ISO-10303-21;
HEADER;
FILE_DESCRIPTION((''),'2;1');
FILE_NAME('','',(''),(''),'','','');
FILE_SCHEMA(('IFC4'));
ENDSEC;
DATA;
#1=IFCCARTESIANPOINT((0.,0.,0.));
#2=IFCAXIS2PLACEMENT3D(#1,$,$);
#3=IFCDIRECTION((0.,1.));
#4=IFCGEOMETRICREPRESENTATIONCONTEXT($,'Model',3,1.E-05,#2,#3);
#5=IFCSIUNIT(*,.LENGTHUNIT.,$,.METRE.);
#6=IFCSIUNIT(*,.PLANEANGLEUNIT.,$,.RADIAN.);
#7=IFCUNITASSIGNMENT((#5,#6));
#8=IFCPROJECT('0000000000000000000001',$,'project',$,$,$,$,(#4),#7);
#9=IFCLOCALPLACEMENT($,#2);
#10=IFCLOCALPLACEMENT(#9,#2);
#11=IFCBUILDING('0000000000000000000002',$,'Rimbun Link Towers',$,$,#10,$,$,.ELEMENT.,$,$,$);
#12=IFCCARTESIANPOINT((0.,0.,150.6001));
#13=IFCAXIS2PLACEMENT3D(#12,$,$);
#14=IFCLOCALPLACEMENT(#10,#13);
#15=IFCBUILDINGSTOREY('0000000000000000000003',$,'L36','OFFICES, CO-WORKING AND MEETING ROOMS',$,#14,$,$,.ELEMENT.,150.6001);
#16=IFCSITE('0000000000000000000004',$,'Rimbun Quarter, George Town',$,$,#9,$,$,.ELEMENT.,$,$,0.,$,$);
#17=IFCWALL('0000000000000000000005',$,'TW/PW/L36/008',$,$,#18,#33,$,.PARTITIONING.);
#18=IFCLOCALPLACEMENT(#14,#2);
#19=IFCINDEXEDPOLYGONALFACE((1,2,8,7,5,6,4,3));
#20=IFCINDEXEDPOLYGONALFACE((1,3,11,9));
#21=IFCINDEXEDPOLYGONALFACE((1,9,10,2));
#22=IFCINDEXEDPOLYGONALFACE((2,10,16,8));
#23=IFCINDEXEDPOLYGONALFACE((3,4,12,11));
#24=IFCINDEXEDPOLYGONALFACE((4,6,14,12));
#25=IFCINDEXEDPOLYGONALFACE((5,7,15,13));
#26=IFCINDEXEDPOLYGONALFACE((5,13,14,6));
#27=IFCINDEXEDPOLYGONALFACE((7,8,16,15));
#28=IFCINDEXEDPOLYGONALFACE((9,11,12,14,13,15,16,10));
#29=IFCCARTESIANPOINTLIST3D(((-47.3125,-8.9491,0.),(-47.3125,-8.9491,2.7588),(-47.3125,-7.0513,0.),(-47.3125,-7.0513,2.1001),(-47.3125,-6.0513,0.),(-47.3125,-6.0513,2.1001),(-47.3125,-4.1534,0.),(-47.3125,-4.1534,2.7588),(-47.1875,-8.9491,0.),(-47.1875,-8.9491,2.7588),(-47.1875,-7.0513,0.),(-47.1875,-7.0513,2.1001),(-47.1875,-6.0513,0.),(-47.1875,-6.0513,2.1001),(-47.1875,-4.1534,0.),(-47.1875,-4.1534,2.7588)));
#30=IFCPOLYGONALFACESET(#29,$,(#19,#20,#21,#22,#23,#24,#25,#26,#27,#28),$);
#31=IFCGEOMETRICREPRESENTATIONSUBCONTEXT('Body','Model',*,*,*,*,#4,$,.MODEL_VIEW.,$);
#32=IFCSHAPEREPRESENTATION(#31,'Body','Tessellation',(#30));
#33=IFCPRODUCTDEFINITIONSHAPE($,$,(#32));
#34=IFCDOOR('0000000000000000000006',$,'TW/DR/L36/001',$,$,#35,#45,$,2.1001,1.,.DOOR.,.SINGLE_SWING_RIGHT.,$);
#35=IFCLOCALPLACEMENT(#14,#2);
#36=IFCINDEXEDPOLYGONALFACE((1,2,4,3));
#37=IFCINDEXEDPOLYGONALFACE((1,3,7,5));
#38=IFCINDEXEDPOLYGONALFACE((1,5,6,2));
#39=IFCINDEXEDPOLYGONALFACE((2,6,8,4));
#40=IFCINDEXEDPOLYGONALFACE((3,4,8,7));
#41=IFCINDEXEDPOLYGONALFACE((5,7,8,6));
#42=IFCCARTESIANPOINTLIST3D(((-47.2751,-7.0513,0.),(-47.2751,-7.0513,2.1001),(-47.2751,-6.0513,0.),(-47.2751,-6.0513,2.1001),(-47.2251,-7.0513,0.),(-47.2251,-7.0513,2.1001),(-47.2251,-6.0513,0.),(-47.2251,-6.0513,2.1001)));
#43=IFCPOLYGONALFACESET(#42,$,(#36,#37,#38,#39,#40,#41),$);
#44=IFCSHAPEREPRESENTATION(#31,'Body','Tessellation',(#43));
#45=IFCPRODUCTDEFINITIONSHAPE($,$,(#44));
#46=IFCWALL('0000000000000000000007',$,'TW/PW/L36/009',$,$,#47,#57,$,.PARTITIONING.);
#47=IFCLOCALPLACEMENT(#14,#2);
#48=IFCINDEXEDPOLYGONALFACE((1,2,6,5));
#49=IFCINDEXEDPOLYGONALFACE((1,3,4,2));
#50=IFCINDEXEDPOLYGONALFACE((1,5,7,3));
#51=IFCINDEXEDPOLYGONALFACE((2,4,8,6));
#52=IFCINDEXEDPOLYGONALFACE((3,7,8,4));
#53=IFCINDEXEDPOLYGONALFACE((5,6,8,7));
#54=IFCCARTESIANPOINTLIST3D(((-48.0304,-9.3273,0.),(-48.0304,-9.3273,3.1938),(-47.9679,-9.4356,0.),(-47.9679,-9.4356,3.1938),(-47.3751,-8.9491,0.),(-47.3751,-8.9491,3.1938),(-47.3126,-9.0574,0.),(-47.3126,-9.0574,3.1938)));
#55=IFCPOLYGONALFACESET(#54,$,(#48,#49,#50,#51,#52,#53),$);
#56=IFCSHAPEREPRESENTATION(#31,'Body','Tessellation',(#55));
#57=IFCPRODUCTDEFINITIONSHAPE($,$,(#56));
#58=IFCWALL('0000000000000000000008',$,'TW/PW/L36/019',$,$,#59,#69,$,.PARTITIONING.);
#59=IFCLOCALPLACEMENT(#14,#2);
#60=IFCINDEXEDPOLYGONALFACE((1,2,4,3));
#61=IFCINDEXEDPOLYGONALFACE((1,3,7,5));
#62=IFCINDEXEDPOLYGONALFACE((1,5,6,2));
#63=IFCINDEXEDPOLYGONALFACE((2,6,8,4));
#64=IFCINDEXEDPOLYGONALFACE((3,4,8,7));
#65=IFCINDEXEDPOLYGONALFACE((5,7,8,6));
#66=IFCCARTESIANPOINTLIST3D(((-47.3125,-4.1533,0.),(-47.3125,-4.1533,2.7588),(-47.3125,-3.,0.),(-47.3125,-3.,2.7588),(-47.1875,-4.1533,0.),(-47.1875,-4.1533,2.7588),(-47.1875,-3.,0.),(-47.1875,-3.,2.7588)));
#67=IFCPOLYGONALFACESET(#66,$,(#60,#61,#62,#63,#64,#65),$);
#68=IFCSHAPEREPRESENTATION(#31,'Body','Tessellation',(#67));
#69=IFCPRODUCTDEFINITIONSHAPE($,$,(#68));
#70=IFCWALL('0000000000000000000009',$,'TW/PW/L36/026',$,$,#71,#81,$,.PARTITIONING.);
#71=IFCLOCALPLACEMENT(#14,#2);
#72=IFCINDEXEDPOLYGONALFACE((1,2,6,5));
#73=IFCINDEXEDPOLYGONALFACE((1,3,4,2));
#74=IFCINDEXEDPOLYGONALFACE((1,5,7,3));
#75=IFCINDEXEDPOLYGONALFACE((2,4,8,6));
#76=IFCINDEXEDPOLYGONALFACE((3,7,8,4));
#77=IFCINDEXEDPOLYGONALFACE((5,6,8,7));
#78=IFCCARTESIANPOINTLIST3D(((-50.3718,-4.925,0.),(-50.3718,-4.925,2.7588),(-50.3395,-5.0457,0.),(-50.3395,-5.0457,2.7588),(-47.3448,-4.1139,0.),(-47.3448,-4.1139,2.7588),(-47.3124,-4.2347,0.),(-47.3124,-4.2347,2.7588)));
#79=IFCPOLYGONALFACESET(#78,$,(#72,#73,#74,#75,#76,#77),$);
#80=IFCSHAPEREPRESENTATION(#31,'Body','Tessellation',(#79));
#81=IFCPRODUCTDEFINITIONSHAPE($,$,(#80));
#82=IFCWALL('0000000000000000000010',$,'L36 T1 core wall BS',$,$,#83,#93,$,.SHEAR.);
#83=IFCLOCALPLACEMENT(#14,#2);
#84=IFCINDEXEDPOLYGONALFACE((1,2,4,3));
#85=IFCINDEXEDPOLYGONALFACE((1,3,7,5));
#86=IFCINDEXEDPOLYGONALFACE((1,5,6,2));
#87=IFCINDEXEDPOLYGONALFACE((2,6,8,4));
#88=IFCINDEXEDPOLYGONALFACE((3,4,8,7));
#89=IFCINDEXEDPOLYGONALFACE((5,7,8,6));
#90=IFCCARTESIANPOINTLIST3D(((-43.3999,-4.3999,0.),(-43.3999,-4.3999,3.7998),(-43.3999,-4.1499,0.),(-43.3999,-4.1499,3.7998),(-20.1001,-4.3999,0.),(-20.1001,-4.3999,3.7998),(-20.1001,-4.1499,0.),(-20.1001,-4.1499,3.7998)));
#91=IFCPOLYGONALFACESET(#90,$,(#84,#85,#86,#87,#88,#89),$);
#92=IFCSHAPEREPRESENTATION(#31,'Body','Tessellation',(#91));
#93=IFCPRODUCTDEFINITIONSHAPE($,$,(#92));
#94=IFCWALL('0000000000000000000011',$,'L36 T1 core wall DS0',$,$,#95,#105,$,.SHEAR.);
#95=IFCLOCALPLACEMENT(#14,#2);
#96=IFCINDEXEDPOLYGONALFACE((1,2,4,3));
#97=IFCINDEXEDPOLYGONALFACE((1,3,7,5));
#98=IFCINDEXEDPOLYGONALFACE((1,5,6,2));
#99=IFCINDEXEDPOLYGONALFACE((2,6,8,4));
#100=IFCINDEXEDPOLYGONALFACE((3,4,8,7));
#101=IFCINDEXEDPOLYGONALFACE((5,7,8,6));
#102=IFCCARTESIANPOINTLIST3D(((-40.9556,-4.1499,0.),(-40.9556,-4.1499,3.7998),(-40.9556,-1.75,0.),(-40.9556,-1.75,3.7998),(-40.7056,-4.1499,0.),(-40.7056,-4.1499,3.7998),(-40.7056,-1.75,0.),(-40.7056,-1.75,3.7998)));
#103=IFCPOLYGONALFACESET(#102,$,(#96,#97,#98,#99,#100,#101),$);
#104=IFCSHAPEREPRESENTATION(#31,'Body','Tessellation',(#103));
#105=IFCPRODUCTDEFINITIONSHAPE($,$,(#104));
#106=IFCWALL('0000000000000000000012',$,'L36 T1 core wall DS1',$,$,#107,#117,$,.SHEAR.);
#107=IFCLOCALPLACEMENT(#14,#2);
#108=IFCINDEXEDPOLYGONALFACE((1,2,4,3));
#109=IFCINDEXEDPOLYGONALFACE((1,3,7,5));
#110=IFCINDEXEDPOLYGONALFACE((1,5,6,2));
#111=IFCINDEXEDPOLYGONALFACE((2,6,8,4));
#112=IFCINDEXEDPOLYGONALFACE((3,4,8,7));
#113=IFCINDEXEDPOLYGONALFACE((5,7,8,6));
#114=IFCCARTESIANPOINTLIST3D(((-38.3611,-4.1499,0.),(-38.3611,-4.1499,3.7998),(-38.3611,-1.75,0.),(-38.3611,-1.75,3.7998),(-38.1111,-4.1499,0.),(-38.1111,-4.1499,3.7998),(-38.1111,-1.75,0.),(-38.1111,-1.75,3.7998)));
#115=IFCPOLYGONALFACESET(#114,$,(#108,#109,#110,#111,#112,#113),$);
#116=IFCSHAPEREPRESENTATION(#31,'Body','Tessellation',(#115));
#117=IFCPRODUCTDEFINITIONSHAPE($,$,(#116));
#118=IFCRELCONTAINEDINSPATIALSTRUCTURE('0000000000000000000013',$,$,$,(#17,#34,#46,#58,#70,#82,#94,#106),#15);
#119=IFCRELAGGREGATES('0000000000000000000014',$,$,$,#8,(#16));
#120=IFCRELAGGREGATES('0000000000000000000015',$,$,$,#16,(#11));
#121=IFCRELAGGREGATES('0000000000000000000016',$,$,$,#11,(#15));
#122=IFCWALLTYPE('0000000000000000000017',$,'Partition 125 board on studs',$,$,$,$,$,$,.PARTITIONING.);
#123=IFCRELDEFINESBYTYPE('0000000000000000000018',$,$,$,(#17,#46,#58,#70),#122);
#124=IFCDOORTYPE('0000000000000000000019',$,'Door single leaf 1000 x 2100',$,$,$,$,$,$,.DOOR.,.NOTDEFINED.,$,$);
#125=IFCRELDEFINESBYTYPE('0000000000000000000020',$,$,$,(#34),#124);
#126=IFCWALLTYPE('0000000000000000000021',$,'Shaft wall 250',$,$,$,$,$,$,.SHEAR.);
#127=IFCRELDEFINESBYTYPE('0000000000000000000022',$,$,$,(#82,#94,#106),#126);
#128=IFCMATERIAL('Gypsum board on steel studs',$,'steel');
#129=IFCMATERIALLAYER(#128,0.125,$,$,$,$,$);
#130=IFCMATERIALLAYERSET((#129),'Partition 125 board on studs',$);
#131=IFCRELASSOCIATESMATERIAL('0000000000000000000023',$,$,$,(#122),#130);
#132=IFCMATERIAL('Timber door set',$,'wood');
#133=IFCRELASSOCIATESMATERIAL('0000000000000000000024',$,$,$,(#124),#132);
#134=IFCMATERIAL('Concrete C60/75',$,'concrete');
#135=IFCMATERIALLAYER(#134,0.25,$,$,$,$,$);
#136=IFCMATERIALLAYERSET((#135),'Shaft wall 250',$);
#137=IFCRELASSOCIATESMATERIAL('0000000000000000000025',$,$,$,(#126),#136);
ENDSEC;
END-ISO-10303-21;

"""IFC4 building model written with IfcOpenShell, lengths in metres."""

from ifc_helpers import new_model, si_unit, direction, frame, frame_2d, origin, place, context, subcontext, project, spatial, rectangle, extrude, material, layer, layer_set, type_object, element, fill, save


model = new_model("IFC4")

# Units and contexts
model_context = context("Model", 3, precision=1e-05, world=origin(), true_north=direction((0.0, 1.0)))
body_context = subcontext(model_context, "Body", "Model", "MODEL_VIEW")
ifc_project = project(units=[si_unit("LENGTHUNIT", "METRE"), si_unit("PLANEANGLEUNIT", "RADIAN")], contexts=[model_context])

# Site, building, storey
site_placement = place(None, origin())
site = spatial("IfcSite", under=ifc_project, at=site_placement, Name="Rimbun Quarter, George Town", CompositionType="ELEMENT", RefElevation=0.0)
building_placement = place(site_placement, origin())
building = spatial("IfcBuilding", under=site, at=building_placement, Name="Rimbun Link Towers", CompositionType="ELEMENT")
storey_placement = place(building_placement, frame((0.0, 0.0, 150.6001)))
storey = spatial("IfcBuildingStorey", under=building, at=storey_placement, Name="L36", Description="OFFICES, CO-WORKING AND MEETING ROOMS", CompositionType="ELEMENT", Elevation=150.6001)

# Wall, opening, door
ifc_material_1 = material(Name="Gypsum board on steel studs", Category="steel")
ifc_layer_1 = layer(ifc_material_1, 0.125)
ifc_layer_set_1 = layer_set([ifc_layer_1], Name="Partition 125 board on studs")
wall_type_1 = type_object("IfcWallType", Name="Partition 125 board on studs", PredefinedType="PARTITIONING", material=ifc_layer_set_1)
wall_1_placement = place(storey_placement, frame((-47.25, -4.1533, 0.0), z_axis=(0.0, 0.0, 1.0), x_axis=(0.0, -1.0, 0.0)))
wall_1 = element("IfcWall", 1, at=wall_1_placement, inside=storey, type_object=wall_type_1, Name="TW/PW/L36/008", PredefinedType="PARTITIONING", context=body_context, shape_type="SweptSolid", body=[
    extrude(rectangle(XDim=4.7957, YDim=0.125, at=frame_2d((2.3979, 0.0))), origin(), (0.0, 0.0, 1.0), 2.7588),
])
opening_1_placement = place(wall_1_placement, frame((1.8979, 0.0, 0.0)))
opening_1 = element("IfcOpeningElement", 2, at=opening_1_placement, cuts=wall_1, PredefinedType="OPENING", context=body_context, shape_type="SweptSolid", body=[
    extrude(rectangle(XDim=1.0, YDim=2.1001, at=frame_2d((0.5, 1.05))), frame((0.0, 0.0725, 0.0), z_axis=(0.0, -1.0, 0.0), x_axis=(1.0, 0.0, 0.0)), (0.0, 0.0, 1.0), 0.145),
])
ifc_material_2 = material(Name="Timber door set", Category="wood")
door_type_1 = type_object("IfcDoorType", Name="Door single leaf 1000 x 2100", OperationType="NOTDEFINED", PredefinedType="DOOR", material=ifc_material_2)
door_1_placement = place(opening_1_placement, origin())
door_1 = element("IfcDoor", 3, at=door_1_placement, inside=storey, type_object=door_type_1, Name="TW/DR/L36/001", OperationType="SINGLE_SWING_RIGHT", OverallHeight=2.1001, OverallWidth=1.0, PredefinedType="DOOR", context=body_context, shape_type="SweptSolid", body=[
    extrude(rectangle(XDim=1.0, YDim=2.1001, at=frame_2d((0.5, 1.05))), frame((0.0, 0.0249, 0.0), z_axis=(0.0, -1.0, 0.0), x_axis=(1.0, 0.0, 0.0)), (0.0, 0.0, 1.0), 0.05),
])
fill(opening_1, door_1)

# Walls
wall_2_placement = place(storey_placement, frame((-47.3438, -9.0032, 0.0), z_axis=(0.0, 0.0, 1.0), x_axis=(-0.86611, -0.499853, 0.0)))
element("IfcWall", 4, at=wall_2_placement, inside=storey, type_object=wall_type_1, Name="TW/PW/L36/009", PredefinedType="PARTITIONING", context=body_context, shape_type="SweptSolid", body=[
    extrude(rectangle(XDim=0.7566, YDim=0.125, at=frame_2d((0.3784, 0.0))), origin(), (0.0, 0.0, 1.0), 3.1938),
])
wall_3_placement = place(storey_placement, frame((-47.25, -3.0, 0.0), z_axis=(0.0, 0.0, 1.0), x_axis=(0.0, -1.0, 0.0)))
element("IfcWall", 5, at=wall_3_placement, inside=storey, type_object=wall_type_1, Name="TW/PW/L36/019", PredefinedType="PARTITIONING", context=body_context, shape_type="SweptSolid", body=[
    extrude(rectangle(XDim=1.1533, YDim=0.125, at=frame_2d((0.5767, 0.0))), origin(), (0.0, 0.0, 1.0), 2.7588),
])
wall_4_placement = place(storey_placement, frame((-47.3286, -4.1743, 0.0), z_axis=(0.0, 0.0, 1.0), x_axis=(-0.965932, -0.258797, 0.0)))
element("IfcWall", 6, at=wall_4_placement, inside=storey, type_object=wall_type_1, Name="TW/PW/L36/026", PredefinedType="PARTITIONING", context=body_context, shape_type="SweptSolid", body=[
    extrude(rectangle(XDim=3.1338, YDim=0.125, at=frame_2d((1.5669, 0.0))), origin(), (0.0, 0.0, 1.0), 2.7588),
])
ifc_material_3 = material(Name="Concrete C60/75", Category="concrete")
ifc_layer_2 = layer(ifc_material_3, 0.25)
ifc_layer_set_2 = layer_set([ifc_layer_2], Name="Shaft wall 250")
wall_type_2 = type_object("IfcWallType", Name="Shaft wall 250", PredefinedType="SHEAR", material=ifc_layer_set_2)
wall_5_placement = place(storey_placement, frame((-43.3999, -4.2749, 0.0), z_axis=(0.0, 0.0, 1.0), x_axis=(1.0, 0.0, 0.0)))
element("IfcWall", 7, at=wall_5_placement, inside=storey, type_object=wall_type_2, Name="L36 T1 core wall BS", PredefinedType="SHEAR", context=body_context, shape_type="SweptSolid", body=[
    extrude(rectangle(XDim=23.2998, YDim=0.25, at=frame_2d((11.6499, 0.0))), origin(), (0.0, 0.0, 1.0), 3.7998),
])
for number, where, z_axis, x_axis, name in (
    (8, (-40.8306, -4.1499, 0.0), (0.0, 0.0, 1.0), (0.0, 1.0, 0.0), "L36 T1 core wall DS0"),
    (9, (-38.2361, -4.1499, 0.0), (0.0, 0.0, 1.0), (0.0, 1.0, 0.0), "L36 T1 core wall DS1"),
):
    element("IfcWall", number, at=place(storey_placement, frame(where, z_axis=z_axis, x_axis=x_axis)), inside=storey, type_object=wall_type_2, Name=name, PredefinedType="SHEAR", context=body_context, shape_type="SweptSolid", body=[
        extrude(rectangle(XDim=2.3999, YDim=0.25, at=frame_2d((1.2, 0.0))), origin(), (0.0, 0.0, 1.0), 3.7998),
    ])

save(model, "model.ifc")
